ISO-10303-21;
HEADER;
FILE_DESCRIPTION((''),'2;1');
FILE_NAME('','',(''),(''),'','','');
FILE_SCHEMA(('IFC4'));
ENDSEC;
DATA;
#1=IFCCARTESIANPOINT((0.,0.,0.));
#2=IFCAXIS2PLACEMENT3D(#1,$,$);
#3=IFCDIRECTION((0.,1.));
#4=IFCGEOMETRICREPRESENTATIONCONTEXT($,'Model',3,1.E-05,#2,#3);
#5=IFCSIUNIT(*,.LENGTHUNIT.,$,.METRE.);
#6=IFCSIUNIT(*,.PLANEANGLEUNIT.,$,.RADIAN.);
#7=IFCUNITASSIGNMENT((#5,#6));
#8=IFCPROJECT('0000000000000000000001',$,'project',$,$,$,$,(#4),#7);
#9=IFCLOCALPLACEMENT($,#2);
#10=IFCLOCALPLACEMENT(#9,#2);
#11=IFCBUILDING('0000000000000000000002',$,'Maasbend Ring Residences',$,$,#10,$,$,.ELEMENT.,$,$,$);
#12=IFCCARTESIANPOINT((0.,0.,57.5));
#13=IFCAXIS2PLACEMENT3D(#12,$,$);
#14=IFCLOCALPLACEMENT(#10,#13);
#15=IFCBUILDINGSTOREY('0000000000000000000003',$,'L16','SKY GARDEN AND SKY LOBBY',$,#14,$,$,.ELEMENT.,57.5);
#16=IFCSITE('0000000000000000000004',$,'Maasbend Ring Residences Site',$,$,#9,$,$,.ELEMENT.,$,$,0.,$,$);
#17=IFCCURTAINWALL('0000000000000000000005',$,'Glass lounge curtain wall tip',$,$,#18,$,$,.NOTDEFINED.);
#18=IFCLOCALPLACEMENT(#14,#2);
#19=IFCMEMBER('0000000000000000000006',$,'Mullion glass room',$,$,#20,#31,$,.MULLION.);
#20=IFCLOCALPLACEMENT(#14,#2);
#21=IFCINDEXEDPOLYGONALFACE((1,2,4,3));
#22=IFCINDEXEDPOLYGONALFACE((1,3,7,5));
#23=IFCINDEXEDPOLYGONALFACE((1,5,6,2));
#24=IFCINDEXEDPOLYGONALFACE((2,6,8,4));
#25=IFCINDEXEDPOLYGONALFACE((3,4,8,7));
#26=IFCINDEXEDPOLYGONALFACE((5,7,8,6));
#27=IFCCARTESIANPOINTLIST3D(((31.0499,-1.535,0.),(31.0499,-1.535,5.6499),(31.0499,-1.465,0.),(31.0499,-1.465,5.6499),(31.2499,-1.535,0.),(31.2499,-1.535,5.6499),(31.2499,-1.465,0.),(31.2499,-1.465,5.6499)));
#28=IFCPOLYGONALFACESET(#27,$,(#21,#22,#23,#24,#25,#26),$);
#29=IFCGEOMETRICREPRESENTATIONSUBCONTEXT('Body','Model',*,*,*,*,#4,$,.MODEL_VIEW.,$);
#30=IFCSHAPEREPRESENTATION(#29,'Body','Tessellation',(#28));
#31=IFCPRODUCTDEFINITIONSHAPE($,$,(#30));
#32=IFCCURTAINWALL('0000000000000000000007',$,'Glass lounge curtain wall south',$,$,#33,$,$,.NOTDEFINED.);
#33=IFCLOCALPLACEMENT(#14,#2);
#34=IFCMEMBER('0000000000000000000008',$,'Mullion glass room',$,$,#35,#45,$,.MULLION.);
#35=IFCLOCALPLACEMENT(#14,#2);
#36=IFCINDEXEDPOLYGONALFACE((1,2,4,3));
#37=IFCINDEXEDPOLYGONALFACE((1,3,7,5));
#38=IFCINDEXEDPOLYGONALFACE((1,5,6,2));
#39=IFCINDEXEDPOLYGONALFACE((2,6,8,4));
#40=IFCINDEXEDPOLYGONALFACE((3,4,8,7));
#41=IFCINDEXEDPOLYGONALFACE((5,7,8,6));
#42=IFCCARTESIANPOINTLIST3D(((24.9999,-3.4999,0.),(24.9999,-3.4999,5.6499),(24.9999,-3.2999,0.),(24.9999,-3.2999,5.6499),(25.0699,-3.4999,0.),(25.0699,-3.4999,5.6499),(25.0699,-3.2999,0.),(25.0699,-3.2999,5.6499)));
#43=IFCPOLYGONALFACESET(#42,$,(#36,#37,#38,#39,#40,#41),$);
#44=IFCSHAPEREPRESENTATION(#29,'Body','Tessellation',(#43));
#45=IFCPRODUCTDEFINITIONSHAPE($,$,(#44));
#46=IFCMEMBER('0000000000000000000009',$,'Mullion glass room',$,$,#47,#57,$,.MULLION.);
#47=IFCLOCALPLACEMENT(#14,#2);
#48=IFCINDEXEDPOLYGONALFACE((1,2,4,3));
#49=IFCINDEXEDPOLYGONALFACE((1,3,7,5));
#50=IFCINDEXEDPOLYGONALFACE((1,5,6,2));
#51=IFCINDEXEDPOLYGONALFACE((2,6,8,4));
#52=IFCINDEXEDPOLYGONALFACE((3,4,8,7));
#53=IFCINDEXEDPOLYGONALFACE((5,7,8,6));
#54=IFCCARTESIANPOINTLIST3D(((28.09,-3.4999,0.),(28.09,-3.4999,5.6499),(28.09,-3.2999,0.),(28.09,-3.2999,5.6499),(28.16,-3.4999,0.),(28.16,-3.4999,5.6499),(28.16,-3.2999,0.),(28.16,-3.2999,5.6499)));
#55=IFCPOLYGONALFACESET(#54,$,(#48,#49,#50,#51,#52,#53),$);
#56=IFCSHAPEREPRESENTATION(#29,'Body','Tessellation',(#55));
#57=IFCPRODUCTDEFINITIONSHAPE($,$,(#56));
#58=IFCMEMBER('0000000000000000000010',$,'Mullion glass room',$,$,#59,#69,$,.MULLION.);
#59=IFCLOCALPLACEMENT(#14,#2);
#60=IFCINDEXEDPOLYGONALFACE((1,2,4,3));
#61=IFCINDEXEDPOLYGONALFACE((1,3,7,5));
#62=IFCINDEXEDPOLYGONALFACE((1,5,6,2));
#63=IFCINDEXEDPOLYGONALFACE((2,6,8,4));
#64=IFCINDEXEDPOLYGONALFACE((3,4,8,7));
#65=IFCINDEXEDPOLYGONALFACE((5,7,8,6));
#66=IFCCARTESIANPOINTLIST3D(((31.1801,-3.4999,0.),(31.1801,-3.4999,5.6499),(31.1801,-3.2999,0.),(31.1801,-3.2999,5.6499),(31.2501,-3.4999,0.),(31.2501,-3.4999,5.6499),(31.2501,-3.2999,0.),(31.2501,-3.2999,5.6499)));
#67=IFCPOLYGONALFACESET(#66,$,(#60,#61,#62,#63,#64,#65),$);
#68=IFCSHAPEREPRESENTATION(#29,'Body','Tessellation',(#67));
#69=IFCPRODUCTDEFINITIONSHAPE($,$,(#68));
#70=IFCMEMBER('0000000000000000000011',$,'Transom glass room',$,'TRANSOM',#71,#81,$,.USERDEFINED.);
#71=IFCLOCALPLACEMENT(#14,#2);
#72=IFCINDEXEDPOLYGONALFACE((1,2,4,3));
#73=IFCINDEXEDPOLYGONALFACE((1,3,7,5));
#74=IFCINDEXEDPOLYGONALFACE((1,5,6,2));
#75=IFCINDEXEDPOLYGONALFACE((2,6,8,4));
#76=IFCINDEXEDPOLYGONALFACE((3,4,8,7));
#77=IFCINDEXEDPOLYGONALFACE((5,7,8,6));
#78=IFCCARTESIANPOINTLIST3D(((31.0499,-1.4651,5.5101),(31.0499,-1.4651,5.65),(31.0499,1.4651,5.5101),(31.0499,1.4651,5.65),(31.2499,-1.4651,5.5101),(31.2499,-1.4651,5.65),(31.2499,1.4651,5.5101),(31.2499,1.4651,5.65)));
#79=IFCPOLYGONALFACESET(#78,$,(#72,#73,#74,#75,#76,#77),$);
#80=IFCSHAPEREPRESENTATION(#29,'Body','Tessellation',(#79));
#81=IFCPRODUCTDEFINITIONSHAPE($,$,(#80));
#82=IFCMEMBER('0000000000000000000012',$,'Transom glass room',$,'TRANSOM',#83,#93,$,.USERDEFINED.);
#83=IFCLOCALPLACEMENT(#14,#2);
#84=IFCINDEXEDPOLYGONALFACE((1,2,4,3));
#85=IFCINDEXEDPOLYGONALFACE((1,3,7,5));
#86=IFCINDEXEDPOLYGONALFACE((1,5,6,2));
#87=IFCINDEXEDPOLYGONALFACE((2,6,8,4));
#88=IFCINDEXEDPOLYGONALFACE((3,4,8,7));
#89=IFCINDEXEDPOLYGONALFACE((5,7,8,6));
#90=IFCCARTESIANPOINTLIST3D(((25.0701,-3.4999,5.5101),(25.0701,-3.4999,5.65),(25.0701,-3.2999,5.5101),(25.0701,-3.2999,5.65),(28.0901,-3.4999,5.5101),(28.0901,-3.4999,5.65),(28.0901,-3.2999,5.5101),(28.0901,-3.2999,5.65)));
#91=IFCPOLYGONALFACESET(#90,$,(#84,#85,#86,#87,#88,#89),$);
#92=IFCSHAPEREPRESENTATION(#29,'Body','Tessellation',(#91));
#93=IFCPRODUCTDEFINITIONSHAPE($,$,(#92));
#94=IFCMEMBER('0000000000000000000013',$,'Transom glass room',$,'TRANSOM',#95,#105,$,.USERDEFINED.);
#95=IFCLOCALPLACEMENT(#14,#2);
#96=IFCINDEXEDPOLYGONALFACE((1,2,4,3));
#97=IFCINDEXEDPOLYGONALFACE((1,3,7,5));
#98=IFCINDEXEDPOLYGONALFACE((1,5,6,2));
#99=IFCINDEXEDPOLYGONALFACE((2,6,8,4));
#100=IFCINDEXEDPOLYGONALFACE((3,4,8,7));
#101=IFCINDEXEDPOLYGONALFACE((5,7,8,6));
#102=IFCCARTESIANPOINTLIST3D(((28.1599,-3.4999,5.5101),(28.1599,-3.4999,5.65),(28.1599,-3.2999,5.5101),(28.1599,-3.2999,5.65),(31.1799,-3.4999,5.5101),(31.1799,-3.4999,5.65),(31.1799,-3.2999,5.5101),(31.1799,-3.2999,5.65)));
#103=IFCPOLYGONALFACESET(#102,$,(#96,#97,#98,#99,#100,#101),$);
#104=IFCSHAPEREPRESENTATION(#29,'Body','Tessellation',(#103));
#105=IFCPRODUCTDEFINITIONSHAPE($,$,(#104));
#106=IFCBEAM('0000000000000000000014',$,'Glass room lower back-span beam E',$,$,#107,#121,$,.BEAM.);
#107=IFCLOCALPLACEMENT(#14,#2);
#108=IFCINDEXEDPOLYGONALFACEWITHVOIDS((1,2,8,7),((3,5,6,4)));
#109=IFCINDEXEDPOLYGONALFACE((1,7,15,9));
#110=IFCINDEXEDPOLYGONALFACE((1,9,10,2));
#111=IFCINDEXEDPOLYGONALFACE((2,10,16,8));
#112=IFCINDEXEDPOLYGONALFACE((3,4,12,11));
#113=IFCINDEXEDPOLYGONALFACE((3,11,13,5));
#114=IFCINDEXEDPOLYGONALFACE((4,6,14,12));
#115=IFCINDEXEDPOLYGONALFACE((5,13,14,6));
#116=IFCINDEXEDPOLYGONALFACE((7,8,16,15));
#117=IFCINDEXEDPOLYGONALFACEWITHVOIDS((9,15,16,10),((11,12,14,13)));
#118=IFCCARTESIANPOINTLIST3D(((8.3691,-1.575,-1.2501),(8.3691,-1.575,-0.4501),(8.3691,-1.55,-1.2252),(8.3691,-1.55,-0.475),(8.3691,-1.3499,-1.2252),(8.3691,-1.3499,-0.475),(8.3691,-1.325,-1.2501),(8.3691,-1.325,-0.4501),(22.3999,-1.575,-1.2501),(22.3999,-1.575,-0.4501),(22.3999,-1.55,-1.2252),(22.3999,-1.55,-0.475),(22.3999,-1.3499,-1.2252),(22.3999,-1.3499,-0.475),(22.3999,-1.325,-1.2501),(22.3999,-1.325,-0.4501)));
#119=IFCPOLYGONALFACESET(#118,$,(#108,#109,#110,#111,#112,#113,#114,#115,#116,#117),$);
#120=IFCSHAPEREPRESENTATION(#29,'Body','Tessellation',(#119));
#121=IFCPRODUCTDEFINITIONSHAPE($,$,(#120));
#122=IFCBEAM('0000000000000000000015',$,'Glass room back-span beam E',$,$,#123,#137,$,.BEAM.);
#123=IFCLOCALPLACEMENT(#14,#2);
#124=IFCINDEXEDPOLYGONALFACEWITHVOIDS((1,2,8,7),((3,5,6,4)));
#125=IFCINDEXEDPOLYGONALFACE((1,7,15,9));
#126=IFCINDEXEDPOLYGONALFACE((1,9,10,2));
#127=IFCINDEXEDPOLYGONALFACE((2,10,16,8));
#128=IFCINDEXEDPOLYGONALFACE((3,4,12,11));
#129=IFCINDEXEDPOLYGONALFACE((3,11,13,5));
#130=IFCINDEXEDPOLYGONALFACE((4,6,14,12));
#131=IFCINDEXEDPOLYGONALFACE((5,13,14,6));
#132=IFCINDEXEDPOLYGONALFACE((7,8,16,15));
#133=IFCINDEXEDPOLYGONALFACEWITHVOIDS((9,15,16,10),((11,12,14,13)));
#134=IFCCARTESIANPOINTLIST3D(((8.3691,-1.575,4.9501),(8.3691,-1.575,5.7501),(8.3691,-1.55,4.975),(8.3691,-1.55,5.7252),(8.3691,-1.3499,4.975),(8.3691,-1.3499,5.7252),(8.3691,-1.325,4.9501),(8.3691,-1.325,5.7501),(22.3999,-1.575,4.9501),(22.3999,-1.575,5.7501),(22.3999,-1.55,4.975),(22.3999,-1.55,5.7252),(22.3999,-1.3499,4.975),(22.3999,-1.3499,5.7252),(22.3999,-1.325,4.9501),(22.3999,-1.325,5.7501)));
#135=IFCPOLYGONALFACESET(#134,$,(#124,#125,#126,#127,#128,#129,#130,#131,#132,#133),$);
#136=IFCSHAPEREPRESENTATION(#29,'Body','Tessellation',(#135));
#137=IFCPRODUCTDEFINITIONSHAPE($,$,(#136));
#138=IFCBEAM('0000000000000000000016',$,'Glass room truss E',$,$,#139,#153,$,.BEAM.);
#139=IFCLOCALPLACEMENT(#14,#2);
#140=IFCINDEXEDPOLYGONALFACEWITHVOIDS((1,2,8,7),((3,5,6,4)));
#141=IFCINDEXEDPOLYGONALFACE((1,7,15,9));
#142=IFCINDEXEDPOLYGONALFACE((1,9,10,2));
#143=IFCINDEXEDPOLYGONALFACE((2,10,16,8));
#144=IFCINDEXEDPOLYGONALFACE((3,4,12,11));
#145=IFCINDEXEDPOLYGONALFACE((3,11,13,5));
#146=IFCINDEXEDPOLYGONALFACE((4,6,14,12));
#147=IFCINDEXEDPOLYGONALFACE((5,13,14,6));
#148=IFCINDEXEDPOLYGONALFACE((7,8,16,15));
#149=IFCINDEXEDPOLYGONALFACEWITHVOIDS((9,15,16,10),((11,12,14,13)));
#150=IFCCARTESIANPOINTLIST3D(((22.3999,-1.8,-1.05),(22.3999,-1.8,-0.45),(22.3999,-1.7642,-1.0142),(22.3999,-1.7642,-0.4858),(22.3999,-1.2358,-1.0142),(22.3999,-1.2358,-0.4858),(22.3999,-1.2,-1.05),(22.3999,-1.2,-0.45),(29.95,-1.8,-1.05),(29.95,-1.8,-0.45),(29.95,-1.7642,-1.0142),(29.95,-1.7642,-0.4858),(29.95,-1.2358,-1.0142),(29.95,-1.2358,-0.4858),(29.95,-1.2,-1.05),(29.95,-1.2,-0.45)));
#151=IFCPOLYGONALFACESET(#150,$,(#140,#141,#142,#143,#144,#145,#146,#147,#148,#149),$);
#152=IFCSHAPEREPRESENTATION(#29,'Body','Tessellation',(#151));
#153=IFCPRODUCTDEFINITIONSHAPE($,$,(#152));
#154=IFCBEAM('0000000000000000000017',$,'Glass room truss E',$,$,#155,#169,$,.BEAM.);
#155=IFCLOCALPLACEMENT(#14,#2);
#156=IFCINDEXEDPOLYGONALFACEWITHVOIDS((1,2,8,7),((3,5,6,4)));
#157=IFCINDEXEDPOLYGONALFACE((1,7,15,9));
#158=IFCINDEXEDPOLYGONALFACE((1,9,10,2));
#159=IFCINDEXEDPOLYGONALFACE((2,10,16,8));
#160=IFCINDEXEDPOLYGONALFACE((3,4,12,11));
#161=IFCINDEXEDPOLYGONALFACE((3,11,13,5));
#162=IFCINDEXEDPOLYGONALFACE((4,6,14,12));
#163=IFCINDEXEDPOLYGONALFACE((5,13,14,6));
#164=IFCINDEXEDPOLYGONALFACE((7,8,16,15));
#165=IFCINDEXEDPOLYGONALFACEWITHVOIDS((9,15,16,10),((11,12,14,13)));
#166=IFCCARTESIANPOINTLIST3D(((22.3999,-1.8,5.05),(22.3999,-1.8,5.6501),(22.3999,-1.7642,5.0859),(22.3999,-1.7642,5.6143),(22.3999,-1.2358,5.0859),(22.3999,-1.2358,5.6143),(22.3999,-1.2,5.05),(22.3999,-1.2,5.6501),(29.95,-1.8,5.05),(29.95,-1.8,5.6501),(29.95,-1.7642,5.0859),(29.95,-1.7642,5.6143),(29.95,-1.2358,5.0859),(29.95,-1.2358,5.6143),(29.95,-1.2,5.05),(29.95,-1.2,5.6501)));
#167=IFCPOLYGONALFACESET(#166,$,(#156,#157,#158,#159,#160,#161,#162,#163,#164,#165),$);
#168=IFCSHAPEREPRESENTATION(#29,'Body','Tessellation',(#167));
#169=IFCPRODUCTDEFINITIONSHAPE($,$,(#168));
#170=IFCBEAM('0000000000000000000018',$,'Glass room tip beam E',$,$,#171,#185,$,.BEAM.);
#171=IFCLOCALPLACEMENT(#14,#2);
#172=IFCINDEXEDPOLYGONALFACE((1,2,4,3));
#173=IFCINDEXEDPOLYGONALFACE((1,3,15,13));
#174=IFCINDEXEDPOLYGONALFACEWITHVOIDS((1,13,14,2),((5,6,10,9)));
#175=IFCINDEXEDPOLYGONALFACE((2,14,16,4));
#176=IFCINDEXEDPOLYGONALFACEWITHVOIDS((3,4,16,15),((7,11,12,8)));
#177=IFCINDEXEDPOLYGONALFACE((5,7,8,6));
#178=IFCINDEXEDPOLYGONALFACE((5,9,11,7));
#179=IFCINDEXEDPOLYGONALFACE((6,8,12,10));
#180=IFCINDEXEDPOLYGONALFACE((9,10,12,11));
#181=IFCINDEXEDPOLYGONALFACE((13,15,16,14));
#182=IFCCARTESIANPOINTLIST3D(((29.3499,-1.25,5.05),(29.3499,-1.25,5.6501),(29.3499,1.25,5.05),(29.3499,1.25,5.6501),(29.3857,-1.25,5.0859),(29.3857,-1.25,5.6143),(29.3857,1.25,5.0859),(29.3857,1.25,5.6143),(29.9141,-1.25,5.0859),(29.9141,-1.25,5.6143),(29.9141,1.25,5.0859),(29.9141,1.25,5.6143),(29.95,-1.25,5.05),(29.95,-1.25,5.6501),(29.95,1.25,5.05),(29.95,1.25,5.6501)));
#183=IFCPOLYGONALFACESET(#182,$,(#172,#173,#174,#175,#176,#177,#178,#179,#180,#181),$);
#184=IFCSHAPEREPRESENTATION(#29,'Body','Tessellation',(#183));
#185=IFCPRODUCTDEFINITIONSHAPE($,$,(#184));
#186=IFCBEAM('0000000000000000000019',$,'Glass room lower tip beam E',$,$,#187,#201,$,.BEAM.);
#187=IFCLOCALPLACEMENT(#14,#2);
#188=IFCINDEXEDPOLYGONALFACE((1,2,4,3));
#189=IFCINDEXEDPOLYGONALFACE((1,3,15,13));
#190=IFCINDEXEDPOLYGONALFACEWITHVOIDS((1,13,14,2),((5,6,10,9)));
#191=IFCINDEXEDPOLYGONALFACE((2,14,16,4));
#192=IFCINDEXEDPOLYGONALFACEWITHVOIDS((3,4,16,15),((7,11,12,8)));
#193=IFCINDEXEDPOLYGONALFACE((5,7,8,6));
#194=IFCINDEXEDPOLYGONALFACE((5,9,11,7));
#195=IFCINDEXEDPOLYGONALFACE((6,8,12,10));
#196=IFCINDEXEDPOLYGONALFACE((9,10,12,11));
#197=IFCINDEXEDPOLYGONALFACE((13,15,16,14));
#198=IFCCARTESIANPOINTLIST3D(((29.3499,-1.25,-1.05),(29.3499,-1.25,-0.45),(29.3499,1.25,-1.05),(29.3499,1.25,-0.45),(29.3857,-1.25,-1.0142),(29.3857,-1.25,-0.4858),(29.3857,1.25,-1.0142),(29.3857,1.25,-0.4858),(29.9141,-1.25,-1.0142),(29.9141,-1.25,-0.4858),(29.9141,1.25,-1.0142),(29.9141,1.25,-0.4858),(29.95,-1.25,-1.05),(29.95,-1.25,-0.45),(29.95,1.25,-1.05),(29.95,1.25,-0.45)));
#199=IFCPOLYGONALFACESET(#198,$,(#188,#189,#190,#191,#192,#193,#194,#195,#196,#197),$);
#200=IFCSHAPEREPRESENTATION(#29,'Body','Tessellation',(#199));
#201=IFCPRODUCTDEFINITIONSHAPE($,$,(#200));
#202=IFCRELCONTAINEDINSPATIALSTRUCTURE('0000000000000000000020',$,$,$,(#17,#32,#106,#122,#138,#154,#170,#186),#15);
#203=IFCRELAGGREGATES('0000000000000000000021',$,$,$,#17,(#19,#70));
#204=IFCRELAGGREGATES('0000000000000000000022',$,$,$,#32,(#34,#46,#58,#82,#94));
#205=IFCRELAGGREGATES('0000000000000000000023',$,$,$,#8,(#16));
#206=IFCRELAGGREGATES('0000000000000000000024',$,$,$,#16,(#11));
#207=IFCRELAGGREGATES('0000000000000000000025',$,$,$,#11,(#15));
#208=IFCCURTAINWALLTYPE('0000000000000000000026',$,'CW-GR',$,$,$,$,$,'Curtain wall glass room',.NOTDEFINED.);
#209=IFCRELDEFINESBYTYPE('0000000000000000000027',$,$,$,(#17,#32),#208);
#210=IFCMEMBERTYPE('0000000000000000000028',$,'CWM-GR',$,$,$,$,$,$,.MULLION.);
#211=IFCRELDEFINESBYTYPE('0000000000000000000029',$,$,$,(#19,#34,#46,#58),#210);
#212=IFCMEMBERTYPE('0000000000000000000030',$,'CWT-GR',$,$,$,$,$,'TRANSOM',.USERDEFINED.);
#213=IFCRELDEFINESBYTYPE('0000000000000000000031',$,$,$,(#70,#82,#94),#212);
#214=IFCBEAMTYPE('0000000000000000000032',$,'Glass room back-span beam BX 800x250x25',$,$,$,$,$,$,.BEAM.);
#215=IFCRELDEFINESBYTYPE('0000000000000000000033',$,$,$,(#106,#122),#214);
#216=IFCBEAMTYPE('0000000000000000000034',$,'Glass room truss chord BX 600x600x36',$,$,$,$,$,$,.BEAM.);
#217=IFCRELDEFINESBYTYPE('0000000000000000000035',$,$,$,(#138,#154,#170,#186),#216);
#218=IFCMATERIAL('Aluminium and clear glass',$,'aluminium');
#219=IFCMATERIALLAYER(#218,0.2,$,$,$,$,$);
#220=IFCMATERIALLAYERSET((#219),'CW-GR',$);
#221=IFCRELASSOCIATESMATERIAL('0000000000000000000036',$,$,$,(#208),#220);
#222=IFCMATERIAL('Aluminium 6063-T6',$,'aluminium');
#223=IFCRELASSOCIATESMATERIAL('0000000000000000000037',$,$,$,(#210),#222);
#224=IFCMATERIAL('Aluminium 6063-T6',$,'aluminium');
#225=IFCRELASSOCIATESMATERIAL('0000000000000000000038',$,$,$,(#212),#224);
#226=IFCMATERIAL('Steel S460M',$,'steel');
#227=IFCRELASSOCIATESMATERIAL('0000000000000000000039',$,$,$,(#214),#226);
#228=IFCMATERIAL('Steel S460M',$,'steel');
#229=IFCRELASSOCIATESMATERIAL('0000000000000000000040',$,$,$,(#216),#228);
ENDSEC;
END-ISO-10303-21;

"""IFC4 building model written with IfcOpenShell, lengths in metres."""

from ifc_helpers import new_model, si_unit, direction, frame, origin, origin_2d, place, context, subcontext, project, spatial, rectangle, hollow_rectangle, extrude, material, layer, layer_set, material_profile, profile_set, type_object, element, aggregate, save


model = new_model("IFC4")

# Units and contexts
model_context = context("Model", 3, precision=1e-05, world=origin(), true_north=direction((0.0, 1.0)))
body_context = subcontext(model_context, "Body", "Model", "MODEL_VIEW")
ifc_project = project(units=[si_unit("LENGTHUNIT", "METRE"), si_unit("PLANEANGLEUNIT", "RADIAN")], contexts=[model_context])

# Site, building, storey
site_placement = place(None, origin())
site = spatial("IfcSite", under=ifc_project, at=site_placement, Name="Maasbend Ring Residences Site", CompositionType="ELEMENT", RefElevation=0.0)
building_placement = place(site_placement, origin())
building = spatial("IfcBuilding", under=site, at=building_placement, Name="Maasbend Ring Residences", CompositionType="ELEMENT")
storey_placement = place(building_placement, frame((0.0, 0.0, 57.5)))
storey = spatial("IfcBuildingStorey", under=building, at=storey_placement, Name="L16", Description="SKY GARDEN AND SKY LOBBY", CompositionType="ELEMENT", Elevation=57.5)

# Curtain wall, member
ifc_material_1 = material(Name="Aluminium and clear glass", Category="aluminium")
ifc_layer_1 = layer(ifc_material_1, 0.2)
ifc_layer_set_1 = layer_set([ifc_layer_1], Name="CW-GR")
curtain_wall_type = type_object("IfcCurtainWallType", Name="CW-GR", ElementType="Curtain wall glass room", PredefinedType="NOTDEFINED", material=ifc_layer_set_1)
curtain_wall_1_placement = place(storey_placement, origin())
curtain_wall_1 = element("IfcCurtainWall", 1, at=curtain_wall_1_placement, inside=storey, type_object=curtain_wall_type, Name="Glass lounge curtain wall tip", PredefinedType="NOTDEFINED")
ifc_material_2 = material(Name="Aluminium 6063-T6", Category="aluminium")
ifc_material_profile_1 = material_profile(ifc_material_2, rectangle(XDim=0.2, YDim=0.0701, at=origin_2d()), Name="AL 200x70")
ifc_profile_set_1 = profile_set([ifc_material_profile_1], Name="Aluminium 6063-T6")
member_type_1 = type_object("IfcMemberType", Name="CWM-GR", PredefinedType="MULLION", material=ifc_profile_set_1)
member_1_placement = place(storey_placement, frame((31.1499, -1.5, 0.0), z_axis=(0.0, 0.0, 1.0), x_axis=(-1.0, 0.0, 0.0)))
member_1 = element("IfcMember", 2, at=member_1_placement, type_object=member_type_1, Name="Mullion glass room", PredefinedType="MULLION", context=body_context, shape_type="SweptSolid", body=[
    extrude(rectangle(XDim=0.2, YDim=0.0701, at=origin_2d()), origin(), (0.0, 0.0, 1.0), 5.6499),
])

# Curtain wall, members
curtain_wall_2_placement = place(storey_placement, origin())
curtain_wall_2 = element("IfcCurtainWall", 3, at=curtain_wall_2_placement, inside=storey, type_object=curtain_wall_type, Name="Glass lounge curtain wall south", PredefinedType="NOTDEFINED")
member_2_placement = place(storey_placement, frame((25.0349, -3.3999, 0.0), z_axis=(0.0, 0.0, 1.0), x_axis=(0.0, 1.0, 0.0)))
member_2 = element("IfcMember", 4, at=member_2_placement, type_object=member_type_1, Name="Mullion glass room", PredefinedType="MULLION", context=body_context, shape_type="SweptSolid", body=[
    extrude(rectangle(XDim=0.2, YDim=0.0701, at=origin_2d()), origin(), (0.0, 0.0, 1.0), 5.6499),
])
member_3_placement = place(storey_placement, frame((28.125, -3.3999, 0.0), z_axis=(0.0, 0.0, 1.0), x_axis=(0.0, 1.0, 0.0)))
member_3 = element("IfcMember", 5, at=member_3_placement, type_object=member_type_1, Name="Mullion glass room", PredefinedType="MULLION", context=body_context, shape_type="SweptSolid", body=[
    extrude(rectangle(XDim=0.2, YDim=0.0701, at=origin_2d()), origin(), (0.0, 0.0, 1.0), 5.6499),
])
member_4_placement = place(storey_placement, frame((31.2151, -3.3999, 0.0), z_axis=(0.0, 0.0, 1.0), x_axis=(0.0, 1.0, 0.0)))
member_4 = element("IfcMember", 6, at=member_4_placement, type_object=member_type_1, Name="Mullion glass room", PredefinedType="MULLION", context=body_context, shape_type="SweptSolid", body=[
    extrude(rectangle(XDim=0.2, YDim=0.0701, at=origin_2d()), origin(), (0.0, 0.0, 1.0), 5.6499),
])

# Members
ifc_material_3 = material(Name="Aluminium 6063-T6", Category="aluminium")
ifc_material_profile_2 = material_profile(ifc_material_3, rectangle(XDim=0.2, YDim=0.1399, at=origin_2d()), Name="AL 200x140")
ifc_profile_set_2 = profile_set([ifc_material_profile_2], Name="Aluminium 6063-T6")
member_type_2 = type_object("IfcMemberType", Name="CWT-GR", ElementType="TRANSOM", PredefinedType="USERDEFINED", material=ifc_profile_set_2)
member_5_placement = place(storey_placement, frame((31.1499, -1.4651, 5.5801), z_axis=(0.0, 1.0, 0.0), x_axis=(-1.0, 0.0, 0.0)))
member_5 = element("IfcMember", 7, at=member_5_placement, type_object=member_type_2, Name="Transom glass room", ObjectType="TRANSOM", PredefinedType="USERDEFINED", context=body_context, shape_type="SweptSolid", body=[
    extrude(rectangle(XDim=0.2, YDim=0.1399, at=origin_2d()), origin(), (0.0, 0.0, 1.0), 2.9302),
])
member_6_placement = place(storey_placement, frame((25.0701, -3.3999, 5.5801), z_axis=(1.0, 0.0, 0.0), x_axis=(0.0, 1.0, 0.0)))
member_6 = element("IfcMember", 8, at=member_6_placement, type_object=member_type_2, Name="Transom glass room", ObjectType="TRANSOM", PredefinedType="USERDEFINED", context=body_context, shape_type="SweptSolid", body=[
    extrude(rectangle(XDim=0.2, YDim=0.1399, at=origin_2d()), origin(), (0.0, 0.0, 1.0), 3.02),
])
member_7_placement = place(storey_placement, frame((28.1599, -3.3999, 5.5801), z_axis=(1.0, 0.0, 0.0), x_axis=(0.0, 1.0, 0.0)))
member_7 = element("IfcMember", 9, at=member_7_placement, type_object=member_type_2, Name="Transom glass room", ObjectType="TRANSOM", PredefinedType="USERDEFINED", context=body_context, shape_type="SweptSolid", body=[
    extrude(rectangle(XDim=0.2, YDim=0.1399, at=origin_2d()), origin(), (0.0, 0.0, 1.0), 3.02),
])

# Beams
ifc_material_4 = material(Name="Steel S460M", Category="steel")
ifc_material_profile_3 = material_profile(ifc_material_4, hollow_rectangle(XDim=0.25, YDim=0.8, WallThickness=0.0249, at=origin_2d()), Name="Glass room back-span beam BX 800x250x25")
ifc_profile_set_3 = profile_set([ifc_material_profile_3], Name="Steel S460M")
beam_type_1 = type_object("IfcBeamType", Name="Glass room back-span beam BX 800x250x25", PredefinedType="BEAM", material=ifc_profile_set_3)
for number, where, z_axis, x_axis, name in (
    (10, (22.3999, -1.45, -0.8501), (-1.0, 0.0, 0.0), (0.0, -1.0, 0.0), "Glass room lower back-span beam E"),
    (11, (22.3999, -1.45, 5.3501), (-1.0, 0.0, 0.0), (0.0, -1.0, 0.0), "Glass room back-span beam E"),
):
    element("IfcBeam", number, at=place(storey_placement, frame(where, z_axis=z_axis, x_axis=x_axis)), inside=storey, type_object=beam_type_1, Name=name, PredefinedType="BEAM", context=body_context, shape_type="SweptSolid", body=[
        extrude(hollow_rectangle(XDim=0.25, YDim=0.8, WallThickness=0.0249, at=origin_2d()), origin(), (0.0, 0.0, 1.0), 14.0308),
    ])
ifc_material_5 = material(Name="Steel S460M", Category="steel")
ifc_material_profile_4 = material_profile(ifc_material_5, hollow_rectangle(XDim=0.6001, YDim=0.6001, WallThickness=0.0359, at=origin_2d()), Name="Glass room truss chord BX 600x600x36")
ifc_profile_set_4 = profile_set([ifc_material_profile_4], Name="Steel S460M")
beam_type_2 = type_object("IfcBeamType", Name="Glass room truss chord BX 600x600x36", PredefinedType="BEAM", material=ifc_profile_set_4)
for number, where, z_axis, x_axis, name in (
    (12, (22.3999, -1.5, -0.75), (1.0, 0.0, 0.0), (0.0, 1.0, 0.0), "Glass room truss E"),
    (13, (22.3999, -1.5, 5.3501), (1.0, 0.0, 0.0), (0.0, 1.0, 0.0), "Glass room truss E"),
):
    element("IfcBeam", number, at=place(storey_placement, frame(where, z_axis=z_axis, x_axis=x_axis)), inside=storey, type_object=beam_type_2, Name=name, PredefinedType="BEAM", context=body_context, shape_type="SweptSolid", body=[
        extrude(hollow_rectangle(XDim=0.6001, YDim=0.6001, WallThickness=0.0359, at=origin_2d()), origin(), (0.0, 0.0, 1.0), 7.55),
    ])
for number, where, z_axis, x_axis, name in (
    (14, (29.6499, -1.25, 5.3501), (0.0, 1.0, 0.0), (-1.0, 0.0, 0.0), "Glass room tip beam E"),
    (15, (29.6499, -1.25, -0.75), (0.0, 1.0, 0.0), (-1.0, 0.0, 0.0), "Glass room lower tip beam E"),
):
    element("IfcBeam", number, at=place(storey_placement, frame(where, z_axis=z_axis, x_axis=x_axis)), inside=storey, type_object=beam_type_2, Name=name, PredefinedType="BEAM", context=body_context, shape_type="SweptSolid", body=[
        extrude(hollow_rectangle(XDim=0.6001, YDim=0.6001, WallThickness=0.0359, at=origin_2d()), origin(), (0.0, 0.0, 1.0), 2.5),
    ])

aggregate(curtain_wall_1, [member_1, member_5])
aggregate(curtain_wall_2, [member_2, member_3, member_4, member_6, member_7])

save(model, "model.ifc")
